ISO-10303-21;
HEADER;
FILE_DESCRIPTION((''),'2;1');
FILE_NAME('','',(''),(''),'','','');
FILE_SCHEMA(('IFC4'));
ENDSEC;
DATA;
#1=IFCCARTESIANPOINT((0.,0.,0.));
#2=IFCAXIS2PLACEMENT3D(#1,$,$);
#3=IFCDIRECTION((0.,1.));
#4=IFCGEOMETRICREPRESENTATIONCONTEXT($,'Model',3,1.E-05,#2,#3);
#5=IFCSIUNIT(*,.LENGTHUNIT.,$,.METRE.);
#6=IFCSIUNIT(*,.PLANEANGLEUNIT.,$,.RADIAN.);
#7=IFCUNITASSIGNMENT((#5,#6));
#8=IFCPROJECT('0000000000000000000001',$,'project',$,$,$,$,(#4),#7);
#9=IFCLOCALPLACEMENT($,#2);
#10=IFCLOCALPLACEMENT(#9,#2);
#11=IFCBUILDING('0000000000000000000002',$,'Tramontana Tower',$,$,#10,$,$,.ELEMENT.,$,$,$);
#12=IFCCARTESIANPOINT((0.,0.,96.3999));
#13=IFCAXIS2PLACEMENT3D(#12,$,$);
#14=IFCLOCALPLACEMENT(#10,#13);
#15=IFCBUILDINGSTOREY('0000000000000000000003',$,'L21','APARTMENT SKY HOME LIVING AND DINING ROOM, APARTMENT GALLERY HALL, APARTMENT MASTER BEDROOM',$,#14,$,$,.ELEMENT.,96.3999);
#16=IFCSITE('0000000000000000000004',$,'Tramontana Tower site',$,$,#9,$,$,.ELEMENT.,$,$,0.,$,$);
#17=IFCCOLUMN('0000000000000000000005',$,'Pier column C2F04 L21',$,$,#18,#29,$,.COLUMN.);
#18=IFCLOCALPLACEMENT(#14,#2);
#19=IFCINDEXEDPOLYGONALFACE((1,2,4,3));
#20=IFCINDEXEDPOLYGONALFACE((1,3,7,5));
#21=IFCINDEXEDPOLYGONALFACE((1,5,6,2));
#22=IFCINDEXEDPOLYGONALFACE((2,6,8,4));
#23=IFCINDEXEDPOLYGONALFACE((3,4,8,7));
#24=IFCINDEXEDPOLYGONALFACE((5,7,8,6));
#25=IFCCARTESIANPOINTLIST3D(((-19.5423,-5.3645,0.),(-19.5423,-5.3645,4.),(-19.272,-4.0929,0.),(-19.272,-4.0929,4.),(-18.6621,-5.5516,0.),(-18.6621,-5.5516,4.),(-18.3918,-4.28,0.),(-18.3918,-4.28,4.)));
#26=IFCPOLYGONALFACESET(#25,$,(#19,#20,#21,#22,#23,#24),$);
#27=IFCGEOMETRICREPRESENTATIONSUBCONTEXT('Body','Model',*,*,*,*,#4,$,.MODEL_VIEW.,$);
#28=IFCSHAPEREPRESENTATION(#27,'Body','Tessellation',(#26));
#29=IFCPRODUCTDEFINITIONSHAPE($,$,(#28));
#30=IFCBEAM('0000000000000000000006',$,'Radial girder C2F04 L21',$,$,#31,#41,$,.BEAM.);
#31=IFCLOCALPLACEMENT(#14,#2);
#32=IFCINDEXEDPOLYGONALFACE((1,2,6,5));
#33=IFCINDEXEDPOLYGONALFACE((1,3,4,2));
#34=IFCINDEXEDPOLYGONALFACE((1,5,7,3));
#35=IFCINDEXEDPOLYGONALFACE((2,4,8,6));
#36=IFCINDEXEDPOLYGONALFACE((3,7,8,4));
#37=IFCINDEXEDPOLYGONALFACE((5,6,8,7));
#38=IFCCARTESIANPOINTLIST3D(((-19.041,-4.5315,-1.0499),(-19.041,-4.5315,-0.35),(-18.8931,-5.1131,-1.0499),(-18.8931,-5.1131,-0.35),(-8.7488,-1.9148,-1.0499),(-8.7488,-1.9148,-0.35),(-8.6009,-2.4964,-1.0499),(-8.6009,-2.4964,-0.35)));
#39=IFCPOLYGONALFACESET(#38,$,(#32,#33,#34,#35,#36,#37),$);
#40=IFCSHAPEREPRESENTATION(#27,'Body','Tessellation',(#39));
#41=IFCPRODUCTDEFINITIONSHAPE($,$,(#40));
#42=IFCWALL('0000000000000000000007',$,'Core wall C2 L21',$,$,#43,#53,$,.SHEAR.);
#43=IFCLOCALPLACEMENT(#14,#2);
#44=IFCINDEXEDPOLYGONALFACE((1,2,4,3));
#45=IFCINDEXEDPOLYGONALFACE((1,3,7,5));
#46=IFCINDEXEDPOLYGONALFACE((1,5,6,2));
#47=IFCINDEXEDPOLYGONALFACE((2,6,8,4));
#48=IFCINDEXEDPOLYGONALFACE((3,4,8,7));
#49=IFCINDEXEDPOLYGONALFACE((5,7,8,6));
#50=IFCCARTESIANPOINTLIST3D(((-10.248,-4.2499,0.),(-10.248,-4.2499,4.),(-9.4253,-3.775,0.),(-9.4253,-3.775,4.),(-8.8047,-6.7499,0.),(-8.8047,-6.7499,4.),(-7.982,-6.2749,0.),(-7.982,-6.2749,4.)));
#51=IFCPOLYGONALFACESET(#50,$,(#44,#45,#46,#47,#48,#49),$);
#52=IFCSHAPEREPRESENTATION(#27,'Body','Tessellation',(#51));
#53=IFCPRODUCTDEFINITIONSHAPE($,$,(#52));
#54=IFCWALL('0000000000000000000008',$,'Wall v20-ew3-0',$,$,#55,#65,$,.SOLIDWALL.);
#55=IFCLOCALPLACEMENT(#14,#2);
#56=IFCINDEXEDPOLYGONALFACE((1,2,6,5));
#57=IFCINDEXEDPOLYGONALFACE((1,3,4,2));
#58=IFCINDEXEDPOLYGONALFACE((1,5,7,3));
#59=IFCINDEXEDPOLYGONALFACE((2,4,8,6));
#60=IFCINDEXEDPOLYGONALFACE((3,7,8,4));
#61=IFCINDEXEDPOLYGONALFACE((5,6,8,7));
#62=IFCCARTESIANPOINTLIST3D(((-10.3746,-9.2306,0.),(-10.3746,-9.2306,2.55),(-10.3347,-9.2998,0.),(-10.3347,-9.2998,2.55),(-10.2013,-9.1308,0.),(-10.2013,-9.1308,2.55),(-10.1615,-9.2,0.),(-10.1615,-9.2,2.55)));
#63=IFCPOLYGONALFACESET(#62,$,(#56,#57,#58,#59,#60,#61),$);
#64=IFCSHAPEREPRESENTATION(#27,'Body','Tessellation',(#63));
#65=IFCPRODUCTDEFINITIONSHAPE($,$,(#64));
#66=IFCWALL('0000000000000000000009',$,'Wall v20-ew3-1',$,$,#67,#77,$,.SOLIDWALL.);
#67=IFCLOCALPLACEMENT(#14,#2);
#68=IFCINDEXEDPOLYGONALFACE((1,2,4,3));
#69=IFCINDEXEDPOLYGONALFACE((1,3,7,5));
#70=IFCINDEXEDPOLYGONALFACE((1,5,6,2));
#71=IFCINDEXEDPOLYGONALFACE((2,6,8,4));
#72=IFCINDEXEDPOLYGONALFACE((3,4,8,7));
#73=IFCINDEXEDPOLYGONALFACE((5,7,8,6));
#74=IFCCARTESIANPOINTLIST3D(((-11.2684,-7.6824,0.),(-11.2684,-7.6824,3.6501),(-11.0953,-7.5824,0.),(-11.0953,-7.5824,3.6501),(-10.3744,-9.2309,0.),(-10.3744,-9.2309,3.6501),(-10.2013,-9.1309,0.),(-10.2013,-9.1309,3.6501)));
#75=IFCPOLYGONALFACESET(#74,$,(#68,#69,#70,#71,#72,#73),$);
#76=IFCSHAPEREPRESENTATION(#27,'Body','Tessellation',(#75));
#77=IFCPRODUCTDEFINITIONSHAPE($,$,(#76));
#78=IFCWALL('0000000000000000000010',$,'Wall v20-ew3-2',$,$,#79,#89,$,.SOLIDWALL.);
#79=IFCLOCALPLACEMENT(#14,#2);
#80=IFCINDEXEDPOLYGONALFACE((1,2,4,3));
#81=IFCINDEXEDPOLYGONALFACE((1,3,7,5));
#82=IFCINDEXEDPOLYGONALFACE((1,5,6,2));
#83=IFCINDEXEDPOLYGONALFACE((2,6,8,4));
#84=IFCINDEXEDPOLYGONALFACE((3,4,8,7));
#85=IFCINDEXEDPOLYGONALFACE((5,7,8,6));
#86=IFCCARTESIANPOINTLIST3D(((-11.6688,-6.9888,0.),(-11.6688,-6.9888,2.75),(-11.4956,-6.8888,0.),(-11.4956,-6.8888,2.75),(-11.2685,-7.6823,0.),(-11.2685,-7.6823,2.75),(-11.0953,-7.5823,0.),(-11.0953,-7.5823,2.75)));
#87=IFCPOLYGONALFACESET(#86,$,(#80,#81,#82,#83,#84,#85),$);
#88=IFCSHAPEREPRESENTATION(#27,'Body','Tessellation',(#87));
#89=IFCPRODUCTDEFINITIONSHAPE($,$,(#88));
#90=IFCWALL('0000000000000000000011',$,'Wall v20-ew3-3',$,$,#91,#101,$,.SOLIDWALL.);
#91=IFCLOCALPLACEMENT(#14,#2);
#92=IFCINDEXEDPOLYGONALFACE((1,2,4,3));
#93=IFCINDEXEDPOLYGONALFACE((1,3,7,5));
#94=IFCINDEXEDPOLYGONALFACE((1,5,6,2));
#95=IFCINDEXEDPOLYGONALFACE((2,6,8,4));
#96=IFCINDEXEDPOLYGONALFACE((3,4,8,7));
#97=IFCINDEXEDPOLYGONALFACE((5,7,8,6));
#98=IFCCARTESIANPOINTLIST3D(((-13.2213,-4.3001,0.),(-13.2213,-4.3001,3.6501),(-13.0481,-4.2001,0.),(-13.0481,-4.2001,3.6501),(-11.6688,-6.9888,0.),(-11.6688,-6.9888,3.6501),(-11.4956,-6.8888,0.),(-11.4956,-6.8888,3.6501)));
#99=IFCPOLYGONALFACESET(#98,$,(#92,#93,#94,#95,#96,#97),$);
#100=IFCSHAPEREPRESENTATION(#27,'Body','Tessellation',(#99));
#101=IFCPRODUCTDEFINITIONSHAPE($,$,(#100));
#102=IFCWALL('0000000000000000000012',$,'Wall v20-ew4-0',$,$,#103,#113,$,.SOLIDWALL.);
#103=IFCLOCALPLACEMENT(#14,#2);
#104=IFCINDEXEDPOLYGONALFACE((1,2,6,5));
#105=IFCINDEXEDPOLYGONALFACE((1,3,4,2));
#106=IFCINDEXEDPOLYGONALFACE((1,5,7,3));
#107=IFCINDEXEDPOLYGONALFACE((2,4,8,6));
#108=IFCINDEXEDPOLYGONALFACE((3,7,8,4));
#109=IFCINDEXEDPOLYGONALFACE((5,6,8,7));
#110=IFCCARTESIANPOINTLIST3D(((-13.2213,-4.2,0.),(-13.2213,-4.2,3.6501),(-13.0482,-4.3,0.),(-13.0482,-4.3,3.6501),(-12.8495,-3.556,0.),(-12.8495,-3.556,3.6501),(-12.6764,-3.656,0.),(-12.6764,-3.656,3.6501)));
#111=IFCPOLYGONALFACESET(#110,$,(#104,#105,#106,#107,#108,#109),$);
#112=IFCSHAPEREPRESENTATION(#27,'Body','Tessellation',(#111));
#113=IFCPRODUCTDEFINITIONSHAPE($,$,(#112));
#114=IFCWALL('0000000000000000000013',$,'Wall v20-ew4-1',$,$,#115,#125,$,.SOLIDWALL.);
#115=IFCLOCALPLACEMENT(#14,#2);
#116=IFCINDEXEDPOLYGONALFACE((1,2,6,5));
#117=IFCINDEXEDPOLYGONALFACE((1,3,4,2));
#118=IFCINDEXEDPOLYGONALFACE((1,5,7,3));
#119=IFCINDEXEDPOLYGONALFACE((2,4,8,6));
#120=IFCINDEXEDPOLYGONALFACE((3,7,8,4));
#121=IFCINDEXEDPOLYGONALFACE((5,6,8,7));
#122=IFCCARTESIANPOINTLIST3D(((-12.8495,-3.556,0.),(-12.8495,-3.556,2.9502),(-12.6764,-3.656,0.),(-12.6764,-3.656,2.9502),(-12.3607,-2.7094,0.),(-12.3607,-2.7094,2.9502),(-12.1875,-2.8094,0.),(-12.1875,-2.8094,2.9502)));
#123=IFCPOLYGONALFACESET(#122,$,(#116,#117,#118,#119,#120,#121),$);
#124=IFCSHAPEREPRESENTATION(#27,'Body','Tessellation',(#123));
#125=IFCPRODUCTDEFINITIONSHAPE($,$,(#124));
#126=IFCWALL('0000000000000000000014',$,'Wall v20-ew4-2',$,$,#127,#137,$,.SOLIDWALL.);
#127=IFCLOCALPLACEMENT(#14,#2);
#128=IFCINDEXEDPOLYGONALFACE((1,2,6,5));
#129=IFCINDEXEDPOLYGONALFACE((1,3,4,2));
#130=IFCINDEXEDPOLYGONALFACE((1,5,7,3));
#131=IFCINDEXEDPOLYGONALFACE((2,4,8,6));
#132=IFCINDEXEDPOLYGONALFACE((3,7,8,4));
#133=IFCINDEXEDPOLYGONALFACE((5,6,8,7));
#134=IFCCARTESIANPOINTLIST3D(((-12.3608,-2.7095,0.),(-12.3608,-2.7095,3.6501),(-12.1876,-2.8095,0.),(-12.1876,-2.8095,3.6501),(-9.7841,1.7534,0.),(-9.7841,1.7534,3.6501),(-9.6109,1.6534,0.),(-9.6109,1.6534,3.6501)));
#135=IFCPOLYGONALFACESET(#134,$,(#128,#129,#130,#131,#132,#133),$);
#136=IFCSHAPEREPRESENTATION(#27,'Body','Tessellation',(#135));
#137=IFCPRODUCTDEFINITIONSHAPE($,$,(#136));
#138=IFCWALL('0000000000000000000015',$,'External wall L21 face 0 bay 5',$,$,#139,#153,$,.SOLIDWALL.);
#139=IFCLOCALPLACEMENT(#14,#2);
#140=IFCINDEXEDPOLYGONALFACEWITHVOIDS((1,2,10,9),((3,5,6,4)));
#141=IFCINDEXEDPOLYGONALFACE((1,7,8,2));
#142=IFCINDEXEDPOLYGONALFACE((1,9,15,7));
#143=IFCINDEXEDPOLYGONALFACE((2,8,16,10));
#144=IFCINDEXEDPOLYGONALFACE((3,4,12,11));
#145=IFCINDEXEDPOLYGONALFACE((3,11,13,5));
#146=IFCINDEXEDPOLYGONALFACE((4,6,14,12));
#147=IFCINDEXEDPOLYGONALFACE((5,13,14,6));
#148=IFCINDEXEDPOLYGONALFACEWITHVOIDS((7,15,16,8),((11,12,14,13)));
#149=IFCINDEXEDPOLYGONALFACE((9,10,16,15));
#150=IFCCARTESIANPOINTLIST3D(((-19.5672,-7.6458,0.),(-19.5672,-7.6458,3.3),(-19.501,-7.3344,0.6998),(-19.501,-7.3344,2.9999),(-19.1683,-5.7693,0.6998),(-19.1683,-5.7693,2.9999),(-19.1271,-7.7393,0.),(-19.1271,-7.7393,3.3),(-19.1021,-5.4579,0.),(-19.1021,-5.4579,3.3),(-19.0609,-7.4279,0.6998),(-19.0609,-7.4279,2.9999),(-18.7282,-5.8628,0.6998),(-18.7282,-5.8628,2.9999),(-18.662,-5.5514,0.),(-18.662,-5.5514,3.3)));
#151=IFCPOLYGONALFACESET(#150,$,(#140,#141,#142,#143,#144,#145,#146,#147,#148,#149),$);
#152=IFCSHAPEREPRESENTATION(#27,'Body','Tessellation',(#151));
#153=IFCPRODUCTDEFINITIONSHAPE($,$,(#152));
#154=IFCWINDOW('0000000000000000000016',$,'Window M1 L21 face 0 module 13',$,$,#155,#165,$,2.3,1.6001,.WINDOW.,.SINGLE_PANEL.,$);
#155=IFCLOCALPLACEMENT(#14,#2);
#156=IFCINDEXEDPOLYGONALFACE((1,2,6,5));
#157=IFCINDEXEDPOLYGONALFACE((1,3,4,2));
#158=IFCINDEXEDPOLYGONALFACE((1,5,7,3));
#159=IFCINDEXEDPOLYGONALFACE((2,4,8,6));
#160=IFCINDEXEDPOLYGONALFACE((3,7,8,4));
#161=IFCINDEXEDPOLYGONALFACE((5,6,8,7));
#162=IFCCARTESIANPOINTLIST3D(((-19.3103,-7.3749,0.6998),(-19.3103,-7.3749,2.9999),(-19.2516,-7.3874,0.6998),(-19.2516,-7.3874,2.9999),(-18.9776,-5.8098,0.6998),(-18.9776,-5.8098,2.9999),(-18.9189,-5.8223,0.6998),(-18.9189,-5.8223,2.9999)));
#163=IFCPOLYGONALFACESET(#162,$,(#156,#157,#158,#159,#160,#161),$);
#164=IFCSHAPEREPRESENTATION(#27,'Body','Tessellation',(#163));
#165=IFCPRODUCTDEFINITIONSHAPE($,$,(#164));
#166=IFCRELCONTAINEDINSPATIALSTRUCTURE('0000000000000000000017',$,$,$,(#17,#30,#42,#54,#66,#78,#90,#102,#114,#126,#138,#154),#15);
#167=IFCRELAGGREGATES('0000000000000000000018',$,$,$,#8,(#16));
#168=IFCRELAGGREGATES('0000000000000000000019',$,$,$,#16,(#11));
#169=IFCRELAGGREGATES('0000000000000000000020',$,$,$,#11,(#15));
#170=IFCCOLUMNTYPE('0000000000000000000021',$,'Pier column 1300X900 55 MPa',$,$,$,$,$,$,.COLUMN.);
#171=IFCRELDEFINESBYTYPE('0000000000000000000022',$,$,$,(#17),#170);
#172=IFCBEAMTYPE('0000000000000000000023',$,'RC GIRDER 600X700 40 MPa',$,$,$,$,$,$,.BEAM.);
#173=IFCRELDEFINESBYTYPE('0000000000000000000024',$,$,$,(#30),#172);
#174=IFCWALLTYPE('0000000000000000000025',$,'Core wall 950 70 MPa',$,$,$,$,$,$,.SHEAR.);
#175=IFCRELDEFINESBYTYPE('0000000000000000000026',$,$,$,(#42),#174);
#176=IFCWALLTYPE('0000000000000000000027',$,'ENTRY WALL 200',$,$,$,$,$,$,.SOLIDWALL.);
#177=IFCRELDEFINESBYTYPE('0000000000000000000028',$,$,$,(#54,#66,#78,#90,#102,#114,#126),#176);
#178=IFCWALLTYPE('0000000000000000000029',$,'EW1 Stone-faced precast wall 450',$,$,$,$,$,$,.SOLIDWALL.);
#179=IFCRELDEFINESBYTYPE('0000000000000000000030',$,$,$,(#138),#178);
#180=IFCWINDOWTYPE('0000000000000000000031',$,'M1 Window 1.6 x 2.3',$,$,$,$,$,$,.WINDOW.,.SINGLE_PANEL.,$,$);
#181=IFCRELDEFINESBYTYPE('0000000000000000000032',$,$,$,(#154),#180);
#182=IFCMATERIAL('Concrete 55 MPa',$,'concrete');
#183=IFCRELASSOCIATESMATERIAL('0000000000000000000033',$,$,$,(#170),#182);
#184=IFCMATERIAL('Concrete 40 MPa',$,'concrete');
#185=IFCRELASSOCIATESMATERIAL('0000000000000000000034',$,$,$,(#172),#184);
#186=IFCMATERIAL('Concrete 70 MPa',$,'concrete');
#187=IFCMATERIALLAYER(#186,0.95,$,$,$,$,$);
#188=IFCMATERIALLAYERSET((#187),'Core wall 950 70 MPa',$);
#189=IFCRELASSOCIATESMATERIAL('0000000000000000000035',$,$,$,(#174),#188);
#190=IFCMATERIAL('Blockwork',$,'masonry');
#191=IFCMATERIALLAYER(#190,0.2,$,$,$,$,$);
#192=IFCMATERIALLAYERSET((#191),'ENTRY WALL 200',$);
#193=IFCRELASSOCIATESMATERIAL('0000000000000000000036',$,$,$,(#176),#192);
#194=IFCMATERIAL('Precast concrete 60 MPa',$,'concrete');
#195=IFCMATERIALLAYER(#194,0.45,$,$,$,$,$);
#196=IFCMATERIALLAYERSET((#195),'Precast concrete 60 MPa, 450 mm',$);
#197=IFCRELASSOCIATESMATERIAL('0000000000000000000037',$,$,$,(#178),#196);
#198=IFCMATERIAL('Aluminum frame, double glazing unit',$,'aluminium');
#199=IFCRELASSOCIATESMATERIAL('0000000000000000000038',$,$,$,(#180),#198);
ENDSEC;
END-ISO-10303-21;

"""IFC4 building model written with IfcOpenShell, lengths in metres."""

from ifc_helpers import new_model, si_unit, direction, frame, frame_2d, origin, origin_2d, place, context, subcontext, project, spatial, rectangle, extrude, material, layer, layer_set, material_profile, profile_set, type_object, element, fill, save


model = new_model("IFC4")

# Units and contexts
model_context = context("Model", 3, precision=1e-05, world=origin(), true_north=direction((0.0, 1.0)))
body_context = subcontext(model_context, "Body", "Model", "MODEL_VIEW")
ifc_project = project(units=[si_unit("LENGTHUNIT", "METRE"), si_unit("PLANEANGLEUNIT", "RADIAN")], contexts=[model_context])

# Site, building, storey
site_placement = place(None, origin())
site = spatial("IfcSite", under=ifc_project, at=site_placement, Name="Tramontana Tower site", CompositionType="ELEMENT", RefElevation=0.0)
building_placement = place(site_placement, origin())
building = spatial("IfcBuilding", under=site, at=building_placement, Name="Tramontana Tower", CompositionType="ELEMENT")
storey_placement = place(building_placement, frame((0.0, 0.0, 96.3999)))
storey = spatial("IfcBuildingStorey", under=building, at=storey_placement, Name="L21", Description="APARTMENT SKY HOME LIVING AND DINING ROOM, APARTMENT GALLERY HALL, APARTMENT MASTER BEDROOM", CompositionType="ELEMENT", Elevation=96.3999)

# Column
ifc_material_1 = material(Name="Concrete 55 MPa", Category="concrete")
ifc_material_profile_1 = material_profile(ifc_material_1, rectangle(XDim=1.3, YDim=0.8999, at=origin_2d()), Name="Pier column 1300X900 55 MPa")
ifc_profile_set_1 = profile_set([ifc_material_profile_1], Name="Concrete 55 MPa")
column_type = type_object("IfcColumnType", Name="Pier column 1300X900 55 MPa", PredefinedType="COLUMN", material=ifc_profile_set_1)
column_placement = place(storey_placement, frame((-18.967, -4.8223, 0.0), z_axis=(0.0, 0.0, 1.0), x_axis=(-0.207912, -0.978148, 0.0)))
element("IfcColumn", 1, at=column_placement, inside=storey, type_object=column_type, Name="Pier column C2F04 L21", PredefinedType="COLUMN", context=body_context, shape_type="SweptSolid", body=[
    extrude(rectangle(XDim=1.3, YDim=0.8999, at=origin_2d()), origin(), (0.0, 0.0, 1.0), 4.0),
])

# Beam
ifc_material_2 = material(Name="Concrete 40 MPa", Category="concrete")
ifc_material_profile_2 = material_profile(ifc_material_2, rectangle(XDim=0.6001, YDim=0.7, at=origin_2d()), Name="RC GIRDER 600X700 40 MPa")
ifc_profile_set_2 = profile_set([ifc_material_profile_2], Name="Concrete 40 MPa")
beam_type = type_object("IfcBeamType", Name="RC GIRDER 600X700 40 MPa", PredefinedType="BEAM", material=ifc_profile_set_2)
beam_placement = place(storey_placement, frame((-18.967, -4.8223, -0.7), z_axis=(0.969168, 0.246401, 0.0), x_axis=(-0.246401, 0.969168, 0.0)))
element("IfcBeam", 2, at=beam_placement, inside=storey, type_object=beam_type, Name="Radial girder C2F04 L21", PredefinedType="BEAM", context=body_context, shape_type="SweptSolid", body=[
    extrude(rectangle(XDim=0.6001, YDim=0.7, at=origin_2d()), origin(), (0.0, 0.0, 1.0), 10.6196),
])

# Walls
ifc_material_3 = material(Name="Concrete 70 MPa", Category="concrete")
ifc_layer_1 = layer(ifc_material_3, 0.95)
ifc_layer_set_1 = layer_set([ifc_layer_1], Name="Core wall 950 70 MPa")
wall_type_1 = type_object("IfcWallType", Name="Core wall 950 70 MPa", PredefinedType="SHEAR", material=ifc_layer_set_1)
wall_1_placement = place(storey_placement, frame((-9.8367, -4.0125, 0.0), z_axis=(0.0, 0.0, 1.0), x_axis=(0.499996, -0.866028, 0.0)))
element("IfcWall", 3, at=wall_1_placement, inside=storey, type_object=wall_type_1, Name="Core wall C2 L21", PredefinedType="SHEAR", context=body_context, shape_type="SweptSolid", body=[
    extrude(rectangle(XDim=2.8867, YDim=0.95, at=frame_2d((1.4434, 0.0))), origin(), (0.0, 0.0, 1.0), 4.0),
])
ifc_material_4 = material(Name="Blockwork", Category="masonry")
ifc_layer_2 = layer(ifc_material_4, 0.2)
ifc_layer_set_2 = layer_set([ifc_layer_2], Name="ENTRY WALL 200")
wall_type_2 = type_object("IfcWallType", Name="ENTRY WALL 200", PredefinedType="SOLIDWALL", material=ifc_layer_set_2)
wall_2_placement = place(storey_placement, frame((-10.248, -9.25, 0.0), z_axis=(0.0, 0.0, 1.0), x_axis=(-0.499104, 0.866542, 0.0)))
element("IfcWall", 4, at=wall_2_placement, inside=storey, type_object=wall_type_2, Name="Wall v20-ew3-0", PredefinedType="SOLIDWALL", context=body_context, shape_type="SweptSolid", body=[
    extrude(rectangle(XDim=0.0798, YDim=0.2, at=frame_2d((0.04, 0.0))), origin(), (0.0, 0.0, 1.0), 2.55),
])
wall_3_placement = place(storey_placement, frame((-10.2878, -9.1809, 0.0), z_axis=(0.0, 0.0, 1.0), x_axis=(-0.499986, 0.866033, 0.0)))
element("IfcWall", 5, at=wall_3_placement, inside=storey, type_object=wall_type_2, Name="Wall v20-ew3-1", PredefinedType="SOLIDWALL", context=body_context, shape_type="SweptSolid", body=[
    extrude(rectangle(XDim=1.7881, YDim=0.2, at=frame_2d((0.894, 0.0))), origin(), (0.0, 0.0, 1.0), 3.6501),
])
wall_4_placement = place(storey_placement, frame((-11.1819, -7.6323, 0.0), z_axis=(0.0, 0.0, 1.0), x_axis=(-0.499942, 0.866059, 0.0)))
element("IfcWall", 6, at=wall_4_placement, inside=storey, type_object=wall_type_2, Name="Wall v20-ew3-2", PredefinedType="SOLIDWALL", context=body_context, shape_type="SweptSolid", body=[
    extrude(rectangle(XDim=0.8008, YDim=0.2, at=frame_2d((0.4004, 0.0))), origin(), (0.0, 0.0, 1.0), 2.75),
])
wall_5_placement = place(storey_placement, frame((-11.5823, -6.9387, 0.0), z_axis=(0.0, 0.0, 1.0), x_axis=(-0.500038, 0.866004, 0.0)))
element("IfcWall", 7, at=wall_5_placement, inside=storey, type_object=wall_type_2, Name="Wall v20-ew3-3", PredefinedType="SOLIDWALL", context=body_context, shape_type="SweptSolid", body=[
    extrude(rectangle(XDim=3.1047, YDim=0.2, at=frame_2d((1.5522, 0.0))), origin(), (0.0, 0.0, 1.0), 3.6501),
])
wall_6_placement = place(storey_placement, frame((-13.1348, -4.25, 0.0), z_axis=(0.0, 0.0, 1.0), x_axis=(0.499988, 0.866033, 0.0)))
element("IfcWall", 8, at=wall_6_placement, inside=storey, type_object=wall_type_2, Name="Wall v20-ew4-0", PredefinedType="SOLIDWALL", context=body_context, shape_type="SweptSolid", body=[
    extrude(rectangle(XDim=0.7437, YDim=0.2, at=frame_2d((0.3718, 0.0))), origin(), (0.0, 0.0, 1.0), 3.6501),
])
wall_7_placement = place(storey_placement, frame((-12.7629, -3.606, 0.0), z_axis=(0.0, 0.0, 1.0), x_axis=(0.500061, 0.86599, 0.0)))
element("IfcWall", 9, at=wall_7_placement, inside=storey, type_object=wall_type_2, Name="Wall v20-ew4-1", PredefinedType="SOLIDWALL", context=body_context, shape_type="SweptSolid", body=[
    extrude(rectangle(XDim=0.9775, YDim=0.2, at=frame_2d((0.4888, 0.0))), origin(), (0.0, 0.0, 1.0), 2.9502),
])
wall_8_placement = place(storey_placement, frame((-12.2742, -2.7595, 0.0), z_axis=(0.0, 0.0, 1.0), x_axis=(0.500001, 0.866025, 0.0)))
element("IfcWall", 10, at=wall_8_placement, inside=storey, type_object=wall_type_2, Name="Wall v20-ew4-2", PredefinedType="SOLIDWALL", context=body_context, shape_type="SweptSolid", body=[
    extrude(rectangle(XDim=5.1533, YDim=0.2, at=frame_2d((2.5767, 0.0))), origin(), (0.0, 0.0, 1.0), 3.6501),
])

# Wall, opening, window
ifc_material_5 = material(Name="Precast concrete 60 MPa", Category="concrete")
ifc_layer_3 = layer(ifc_material_5, 0.45)
ifc_layer_set_3 = layer_set([ifc_layer_3], Name="Precast concrete 60 MPa, 450 mm")
wall_type_3 = type_object("IfcWallType", Name="EW1 Stone-faced precast wall 450", PredefinedType="SOLIDWALL", material=ifc_layer_set_3)
wall_9_placement = place(storey_placement, frame((-18.8821, -5.5046, 0.0), z_axis=(0.0, 0.0, 1.0), x_axis=(-0.207919, -0.978146, 0.0)))
wall_9 = element("IfcWall", 11, at=wall_9_placement, inside=storey, type_object=wall_type_3, Name="External wall L21 face 0 bay 5", PredefinedType="SOLIDWALL", context=body_context, shape_type="SweptSolid", body=[
    extrude(rectangle(XDim=2.2368, YDim=0.45, at=frame_2d((1.1184, 0.0))), origin(), (0.0, 0.0, 1.0), 3.3),
])
opening_1_placement = place(wall_9_placement, frame((0.3184, 0.0, 0.7)))
opening_1 = element("IfcOpeningElement", 12, at=opening_1_placement, cuts=wall_9, PredefinedType="OPENING", context=body_context, shape_type="SweptSolid", body=[
    extrude(rectangle(XDim=1.6001, YDim=2.3, at=frame_2d((0.8, 1.1499))), frame((0.0, 0.2349, 0.0), z_axis=(0.0, -1.0, 0.0), x_axis=(1.0, 0.0, 0.0)), (0.0, 0.0, 1.0), 0.47),
])
ifc_material_6 = material(Name="Aluminum frame, double glazing unit", Category="aluminium")
window_type = type_object("IfcWindowType", Name="M1 Window 1.6 x 2.3", PartitioningType="SINGLE_PANEL", PredefinedType="WINDOW", material=ifc_material_6)
window_1_placement = place(opening_1_placement, origin())
window_1 = element("IfcWindow", 13, at=window_1_placement, inside=storey, type_object=window_type, Name="Window M1 L21 face 0 module 13", OverallHeight=2.3, OverallWidth=1.6001, PartitioningType="SINGLE_PANEL", PredefinedType="WINDOW", context=body_context, shape_type="SweptSolid", body=[
    extrude(rectangle(XDim=1.6001, YDim=2.3, at=frame_2d((0.8, 1.1499))), frame((0.0, 0.03, 0.0), z_axis=(0.0, -1.0, 0.0), x_axis=(1.0, 0.0, 0.0)), (0.0, 0.0, 1.0), 0.0601),
])
fill(opening_1, window_1)

save(model, "model.ifc")
